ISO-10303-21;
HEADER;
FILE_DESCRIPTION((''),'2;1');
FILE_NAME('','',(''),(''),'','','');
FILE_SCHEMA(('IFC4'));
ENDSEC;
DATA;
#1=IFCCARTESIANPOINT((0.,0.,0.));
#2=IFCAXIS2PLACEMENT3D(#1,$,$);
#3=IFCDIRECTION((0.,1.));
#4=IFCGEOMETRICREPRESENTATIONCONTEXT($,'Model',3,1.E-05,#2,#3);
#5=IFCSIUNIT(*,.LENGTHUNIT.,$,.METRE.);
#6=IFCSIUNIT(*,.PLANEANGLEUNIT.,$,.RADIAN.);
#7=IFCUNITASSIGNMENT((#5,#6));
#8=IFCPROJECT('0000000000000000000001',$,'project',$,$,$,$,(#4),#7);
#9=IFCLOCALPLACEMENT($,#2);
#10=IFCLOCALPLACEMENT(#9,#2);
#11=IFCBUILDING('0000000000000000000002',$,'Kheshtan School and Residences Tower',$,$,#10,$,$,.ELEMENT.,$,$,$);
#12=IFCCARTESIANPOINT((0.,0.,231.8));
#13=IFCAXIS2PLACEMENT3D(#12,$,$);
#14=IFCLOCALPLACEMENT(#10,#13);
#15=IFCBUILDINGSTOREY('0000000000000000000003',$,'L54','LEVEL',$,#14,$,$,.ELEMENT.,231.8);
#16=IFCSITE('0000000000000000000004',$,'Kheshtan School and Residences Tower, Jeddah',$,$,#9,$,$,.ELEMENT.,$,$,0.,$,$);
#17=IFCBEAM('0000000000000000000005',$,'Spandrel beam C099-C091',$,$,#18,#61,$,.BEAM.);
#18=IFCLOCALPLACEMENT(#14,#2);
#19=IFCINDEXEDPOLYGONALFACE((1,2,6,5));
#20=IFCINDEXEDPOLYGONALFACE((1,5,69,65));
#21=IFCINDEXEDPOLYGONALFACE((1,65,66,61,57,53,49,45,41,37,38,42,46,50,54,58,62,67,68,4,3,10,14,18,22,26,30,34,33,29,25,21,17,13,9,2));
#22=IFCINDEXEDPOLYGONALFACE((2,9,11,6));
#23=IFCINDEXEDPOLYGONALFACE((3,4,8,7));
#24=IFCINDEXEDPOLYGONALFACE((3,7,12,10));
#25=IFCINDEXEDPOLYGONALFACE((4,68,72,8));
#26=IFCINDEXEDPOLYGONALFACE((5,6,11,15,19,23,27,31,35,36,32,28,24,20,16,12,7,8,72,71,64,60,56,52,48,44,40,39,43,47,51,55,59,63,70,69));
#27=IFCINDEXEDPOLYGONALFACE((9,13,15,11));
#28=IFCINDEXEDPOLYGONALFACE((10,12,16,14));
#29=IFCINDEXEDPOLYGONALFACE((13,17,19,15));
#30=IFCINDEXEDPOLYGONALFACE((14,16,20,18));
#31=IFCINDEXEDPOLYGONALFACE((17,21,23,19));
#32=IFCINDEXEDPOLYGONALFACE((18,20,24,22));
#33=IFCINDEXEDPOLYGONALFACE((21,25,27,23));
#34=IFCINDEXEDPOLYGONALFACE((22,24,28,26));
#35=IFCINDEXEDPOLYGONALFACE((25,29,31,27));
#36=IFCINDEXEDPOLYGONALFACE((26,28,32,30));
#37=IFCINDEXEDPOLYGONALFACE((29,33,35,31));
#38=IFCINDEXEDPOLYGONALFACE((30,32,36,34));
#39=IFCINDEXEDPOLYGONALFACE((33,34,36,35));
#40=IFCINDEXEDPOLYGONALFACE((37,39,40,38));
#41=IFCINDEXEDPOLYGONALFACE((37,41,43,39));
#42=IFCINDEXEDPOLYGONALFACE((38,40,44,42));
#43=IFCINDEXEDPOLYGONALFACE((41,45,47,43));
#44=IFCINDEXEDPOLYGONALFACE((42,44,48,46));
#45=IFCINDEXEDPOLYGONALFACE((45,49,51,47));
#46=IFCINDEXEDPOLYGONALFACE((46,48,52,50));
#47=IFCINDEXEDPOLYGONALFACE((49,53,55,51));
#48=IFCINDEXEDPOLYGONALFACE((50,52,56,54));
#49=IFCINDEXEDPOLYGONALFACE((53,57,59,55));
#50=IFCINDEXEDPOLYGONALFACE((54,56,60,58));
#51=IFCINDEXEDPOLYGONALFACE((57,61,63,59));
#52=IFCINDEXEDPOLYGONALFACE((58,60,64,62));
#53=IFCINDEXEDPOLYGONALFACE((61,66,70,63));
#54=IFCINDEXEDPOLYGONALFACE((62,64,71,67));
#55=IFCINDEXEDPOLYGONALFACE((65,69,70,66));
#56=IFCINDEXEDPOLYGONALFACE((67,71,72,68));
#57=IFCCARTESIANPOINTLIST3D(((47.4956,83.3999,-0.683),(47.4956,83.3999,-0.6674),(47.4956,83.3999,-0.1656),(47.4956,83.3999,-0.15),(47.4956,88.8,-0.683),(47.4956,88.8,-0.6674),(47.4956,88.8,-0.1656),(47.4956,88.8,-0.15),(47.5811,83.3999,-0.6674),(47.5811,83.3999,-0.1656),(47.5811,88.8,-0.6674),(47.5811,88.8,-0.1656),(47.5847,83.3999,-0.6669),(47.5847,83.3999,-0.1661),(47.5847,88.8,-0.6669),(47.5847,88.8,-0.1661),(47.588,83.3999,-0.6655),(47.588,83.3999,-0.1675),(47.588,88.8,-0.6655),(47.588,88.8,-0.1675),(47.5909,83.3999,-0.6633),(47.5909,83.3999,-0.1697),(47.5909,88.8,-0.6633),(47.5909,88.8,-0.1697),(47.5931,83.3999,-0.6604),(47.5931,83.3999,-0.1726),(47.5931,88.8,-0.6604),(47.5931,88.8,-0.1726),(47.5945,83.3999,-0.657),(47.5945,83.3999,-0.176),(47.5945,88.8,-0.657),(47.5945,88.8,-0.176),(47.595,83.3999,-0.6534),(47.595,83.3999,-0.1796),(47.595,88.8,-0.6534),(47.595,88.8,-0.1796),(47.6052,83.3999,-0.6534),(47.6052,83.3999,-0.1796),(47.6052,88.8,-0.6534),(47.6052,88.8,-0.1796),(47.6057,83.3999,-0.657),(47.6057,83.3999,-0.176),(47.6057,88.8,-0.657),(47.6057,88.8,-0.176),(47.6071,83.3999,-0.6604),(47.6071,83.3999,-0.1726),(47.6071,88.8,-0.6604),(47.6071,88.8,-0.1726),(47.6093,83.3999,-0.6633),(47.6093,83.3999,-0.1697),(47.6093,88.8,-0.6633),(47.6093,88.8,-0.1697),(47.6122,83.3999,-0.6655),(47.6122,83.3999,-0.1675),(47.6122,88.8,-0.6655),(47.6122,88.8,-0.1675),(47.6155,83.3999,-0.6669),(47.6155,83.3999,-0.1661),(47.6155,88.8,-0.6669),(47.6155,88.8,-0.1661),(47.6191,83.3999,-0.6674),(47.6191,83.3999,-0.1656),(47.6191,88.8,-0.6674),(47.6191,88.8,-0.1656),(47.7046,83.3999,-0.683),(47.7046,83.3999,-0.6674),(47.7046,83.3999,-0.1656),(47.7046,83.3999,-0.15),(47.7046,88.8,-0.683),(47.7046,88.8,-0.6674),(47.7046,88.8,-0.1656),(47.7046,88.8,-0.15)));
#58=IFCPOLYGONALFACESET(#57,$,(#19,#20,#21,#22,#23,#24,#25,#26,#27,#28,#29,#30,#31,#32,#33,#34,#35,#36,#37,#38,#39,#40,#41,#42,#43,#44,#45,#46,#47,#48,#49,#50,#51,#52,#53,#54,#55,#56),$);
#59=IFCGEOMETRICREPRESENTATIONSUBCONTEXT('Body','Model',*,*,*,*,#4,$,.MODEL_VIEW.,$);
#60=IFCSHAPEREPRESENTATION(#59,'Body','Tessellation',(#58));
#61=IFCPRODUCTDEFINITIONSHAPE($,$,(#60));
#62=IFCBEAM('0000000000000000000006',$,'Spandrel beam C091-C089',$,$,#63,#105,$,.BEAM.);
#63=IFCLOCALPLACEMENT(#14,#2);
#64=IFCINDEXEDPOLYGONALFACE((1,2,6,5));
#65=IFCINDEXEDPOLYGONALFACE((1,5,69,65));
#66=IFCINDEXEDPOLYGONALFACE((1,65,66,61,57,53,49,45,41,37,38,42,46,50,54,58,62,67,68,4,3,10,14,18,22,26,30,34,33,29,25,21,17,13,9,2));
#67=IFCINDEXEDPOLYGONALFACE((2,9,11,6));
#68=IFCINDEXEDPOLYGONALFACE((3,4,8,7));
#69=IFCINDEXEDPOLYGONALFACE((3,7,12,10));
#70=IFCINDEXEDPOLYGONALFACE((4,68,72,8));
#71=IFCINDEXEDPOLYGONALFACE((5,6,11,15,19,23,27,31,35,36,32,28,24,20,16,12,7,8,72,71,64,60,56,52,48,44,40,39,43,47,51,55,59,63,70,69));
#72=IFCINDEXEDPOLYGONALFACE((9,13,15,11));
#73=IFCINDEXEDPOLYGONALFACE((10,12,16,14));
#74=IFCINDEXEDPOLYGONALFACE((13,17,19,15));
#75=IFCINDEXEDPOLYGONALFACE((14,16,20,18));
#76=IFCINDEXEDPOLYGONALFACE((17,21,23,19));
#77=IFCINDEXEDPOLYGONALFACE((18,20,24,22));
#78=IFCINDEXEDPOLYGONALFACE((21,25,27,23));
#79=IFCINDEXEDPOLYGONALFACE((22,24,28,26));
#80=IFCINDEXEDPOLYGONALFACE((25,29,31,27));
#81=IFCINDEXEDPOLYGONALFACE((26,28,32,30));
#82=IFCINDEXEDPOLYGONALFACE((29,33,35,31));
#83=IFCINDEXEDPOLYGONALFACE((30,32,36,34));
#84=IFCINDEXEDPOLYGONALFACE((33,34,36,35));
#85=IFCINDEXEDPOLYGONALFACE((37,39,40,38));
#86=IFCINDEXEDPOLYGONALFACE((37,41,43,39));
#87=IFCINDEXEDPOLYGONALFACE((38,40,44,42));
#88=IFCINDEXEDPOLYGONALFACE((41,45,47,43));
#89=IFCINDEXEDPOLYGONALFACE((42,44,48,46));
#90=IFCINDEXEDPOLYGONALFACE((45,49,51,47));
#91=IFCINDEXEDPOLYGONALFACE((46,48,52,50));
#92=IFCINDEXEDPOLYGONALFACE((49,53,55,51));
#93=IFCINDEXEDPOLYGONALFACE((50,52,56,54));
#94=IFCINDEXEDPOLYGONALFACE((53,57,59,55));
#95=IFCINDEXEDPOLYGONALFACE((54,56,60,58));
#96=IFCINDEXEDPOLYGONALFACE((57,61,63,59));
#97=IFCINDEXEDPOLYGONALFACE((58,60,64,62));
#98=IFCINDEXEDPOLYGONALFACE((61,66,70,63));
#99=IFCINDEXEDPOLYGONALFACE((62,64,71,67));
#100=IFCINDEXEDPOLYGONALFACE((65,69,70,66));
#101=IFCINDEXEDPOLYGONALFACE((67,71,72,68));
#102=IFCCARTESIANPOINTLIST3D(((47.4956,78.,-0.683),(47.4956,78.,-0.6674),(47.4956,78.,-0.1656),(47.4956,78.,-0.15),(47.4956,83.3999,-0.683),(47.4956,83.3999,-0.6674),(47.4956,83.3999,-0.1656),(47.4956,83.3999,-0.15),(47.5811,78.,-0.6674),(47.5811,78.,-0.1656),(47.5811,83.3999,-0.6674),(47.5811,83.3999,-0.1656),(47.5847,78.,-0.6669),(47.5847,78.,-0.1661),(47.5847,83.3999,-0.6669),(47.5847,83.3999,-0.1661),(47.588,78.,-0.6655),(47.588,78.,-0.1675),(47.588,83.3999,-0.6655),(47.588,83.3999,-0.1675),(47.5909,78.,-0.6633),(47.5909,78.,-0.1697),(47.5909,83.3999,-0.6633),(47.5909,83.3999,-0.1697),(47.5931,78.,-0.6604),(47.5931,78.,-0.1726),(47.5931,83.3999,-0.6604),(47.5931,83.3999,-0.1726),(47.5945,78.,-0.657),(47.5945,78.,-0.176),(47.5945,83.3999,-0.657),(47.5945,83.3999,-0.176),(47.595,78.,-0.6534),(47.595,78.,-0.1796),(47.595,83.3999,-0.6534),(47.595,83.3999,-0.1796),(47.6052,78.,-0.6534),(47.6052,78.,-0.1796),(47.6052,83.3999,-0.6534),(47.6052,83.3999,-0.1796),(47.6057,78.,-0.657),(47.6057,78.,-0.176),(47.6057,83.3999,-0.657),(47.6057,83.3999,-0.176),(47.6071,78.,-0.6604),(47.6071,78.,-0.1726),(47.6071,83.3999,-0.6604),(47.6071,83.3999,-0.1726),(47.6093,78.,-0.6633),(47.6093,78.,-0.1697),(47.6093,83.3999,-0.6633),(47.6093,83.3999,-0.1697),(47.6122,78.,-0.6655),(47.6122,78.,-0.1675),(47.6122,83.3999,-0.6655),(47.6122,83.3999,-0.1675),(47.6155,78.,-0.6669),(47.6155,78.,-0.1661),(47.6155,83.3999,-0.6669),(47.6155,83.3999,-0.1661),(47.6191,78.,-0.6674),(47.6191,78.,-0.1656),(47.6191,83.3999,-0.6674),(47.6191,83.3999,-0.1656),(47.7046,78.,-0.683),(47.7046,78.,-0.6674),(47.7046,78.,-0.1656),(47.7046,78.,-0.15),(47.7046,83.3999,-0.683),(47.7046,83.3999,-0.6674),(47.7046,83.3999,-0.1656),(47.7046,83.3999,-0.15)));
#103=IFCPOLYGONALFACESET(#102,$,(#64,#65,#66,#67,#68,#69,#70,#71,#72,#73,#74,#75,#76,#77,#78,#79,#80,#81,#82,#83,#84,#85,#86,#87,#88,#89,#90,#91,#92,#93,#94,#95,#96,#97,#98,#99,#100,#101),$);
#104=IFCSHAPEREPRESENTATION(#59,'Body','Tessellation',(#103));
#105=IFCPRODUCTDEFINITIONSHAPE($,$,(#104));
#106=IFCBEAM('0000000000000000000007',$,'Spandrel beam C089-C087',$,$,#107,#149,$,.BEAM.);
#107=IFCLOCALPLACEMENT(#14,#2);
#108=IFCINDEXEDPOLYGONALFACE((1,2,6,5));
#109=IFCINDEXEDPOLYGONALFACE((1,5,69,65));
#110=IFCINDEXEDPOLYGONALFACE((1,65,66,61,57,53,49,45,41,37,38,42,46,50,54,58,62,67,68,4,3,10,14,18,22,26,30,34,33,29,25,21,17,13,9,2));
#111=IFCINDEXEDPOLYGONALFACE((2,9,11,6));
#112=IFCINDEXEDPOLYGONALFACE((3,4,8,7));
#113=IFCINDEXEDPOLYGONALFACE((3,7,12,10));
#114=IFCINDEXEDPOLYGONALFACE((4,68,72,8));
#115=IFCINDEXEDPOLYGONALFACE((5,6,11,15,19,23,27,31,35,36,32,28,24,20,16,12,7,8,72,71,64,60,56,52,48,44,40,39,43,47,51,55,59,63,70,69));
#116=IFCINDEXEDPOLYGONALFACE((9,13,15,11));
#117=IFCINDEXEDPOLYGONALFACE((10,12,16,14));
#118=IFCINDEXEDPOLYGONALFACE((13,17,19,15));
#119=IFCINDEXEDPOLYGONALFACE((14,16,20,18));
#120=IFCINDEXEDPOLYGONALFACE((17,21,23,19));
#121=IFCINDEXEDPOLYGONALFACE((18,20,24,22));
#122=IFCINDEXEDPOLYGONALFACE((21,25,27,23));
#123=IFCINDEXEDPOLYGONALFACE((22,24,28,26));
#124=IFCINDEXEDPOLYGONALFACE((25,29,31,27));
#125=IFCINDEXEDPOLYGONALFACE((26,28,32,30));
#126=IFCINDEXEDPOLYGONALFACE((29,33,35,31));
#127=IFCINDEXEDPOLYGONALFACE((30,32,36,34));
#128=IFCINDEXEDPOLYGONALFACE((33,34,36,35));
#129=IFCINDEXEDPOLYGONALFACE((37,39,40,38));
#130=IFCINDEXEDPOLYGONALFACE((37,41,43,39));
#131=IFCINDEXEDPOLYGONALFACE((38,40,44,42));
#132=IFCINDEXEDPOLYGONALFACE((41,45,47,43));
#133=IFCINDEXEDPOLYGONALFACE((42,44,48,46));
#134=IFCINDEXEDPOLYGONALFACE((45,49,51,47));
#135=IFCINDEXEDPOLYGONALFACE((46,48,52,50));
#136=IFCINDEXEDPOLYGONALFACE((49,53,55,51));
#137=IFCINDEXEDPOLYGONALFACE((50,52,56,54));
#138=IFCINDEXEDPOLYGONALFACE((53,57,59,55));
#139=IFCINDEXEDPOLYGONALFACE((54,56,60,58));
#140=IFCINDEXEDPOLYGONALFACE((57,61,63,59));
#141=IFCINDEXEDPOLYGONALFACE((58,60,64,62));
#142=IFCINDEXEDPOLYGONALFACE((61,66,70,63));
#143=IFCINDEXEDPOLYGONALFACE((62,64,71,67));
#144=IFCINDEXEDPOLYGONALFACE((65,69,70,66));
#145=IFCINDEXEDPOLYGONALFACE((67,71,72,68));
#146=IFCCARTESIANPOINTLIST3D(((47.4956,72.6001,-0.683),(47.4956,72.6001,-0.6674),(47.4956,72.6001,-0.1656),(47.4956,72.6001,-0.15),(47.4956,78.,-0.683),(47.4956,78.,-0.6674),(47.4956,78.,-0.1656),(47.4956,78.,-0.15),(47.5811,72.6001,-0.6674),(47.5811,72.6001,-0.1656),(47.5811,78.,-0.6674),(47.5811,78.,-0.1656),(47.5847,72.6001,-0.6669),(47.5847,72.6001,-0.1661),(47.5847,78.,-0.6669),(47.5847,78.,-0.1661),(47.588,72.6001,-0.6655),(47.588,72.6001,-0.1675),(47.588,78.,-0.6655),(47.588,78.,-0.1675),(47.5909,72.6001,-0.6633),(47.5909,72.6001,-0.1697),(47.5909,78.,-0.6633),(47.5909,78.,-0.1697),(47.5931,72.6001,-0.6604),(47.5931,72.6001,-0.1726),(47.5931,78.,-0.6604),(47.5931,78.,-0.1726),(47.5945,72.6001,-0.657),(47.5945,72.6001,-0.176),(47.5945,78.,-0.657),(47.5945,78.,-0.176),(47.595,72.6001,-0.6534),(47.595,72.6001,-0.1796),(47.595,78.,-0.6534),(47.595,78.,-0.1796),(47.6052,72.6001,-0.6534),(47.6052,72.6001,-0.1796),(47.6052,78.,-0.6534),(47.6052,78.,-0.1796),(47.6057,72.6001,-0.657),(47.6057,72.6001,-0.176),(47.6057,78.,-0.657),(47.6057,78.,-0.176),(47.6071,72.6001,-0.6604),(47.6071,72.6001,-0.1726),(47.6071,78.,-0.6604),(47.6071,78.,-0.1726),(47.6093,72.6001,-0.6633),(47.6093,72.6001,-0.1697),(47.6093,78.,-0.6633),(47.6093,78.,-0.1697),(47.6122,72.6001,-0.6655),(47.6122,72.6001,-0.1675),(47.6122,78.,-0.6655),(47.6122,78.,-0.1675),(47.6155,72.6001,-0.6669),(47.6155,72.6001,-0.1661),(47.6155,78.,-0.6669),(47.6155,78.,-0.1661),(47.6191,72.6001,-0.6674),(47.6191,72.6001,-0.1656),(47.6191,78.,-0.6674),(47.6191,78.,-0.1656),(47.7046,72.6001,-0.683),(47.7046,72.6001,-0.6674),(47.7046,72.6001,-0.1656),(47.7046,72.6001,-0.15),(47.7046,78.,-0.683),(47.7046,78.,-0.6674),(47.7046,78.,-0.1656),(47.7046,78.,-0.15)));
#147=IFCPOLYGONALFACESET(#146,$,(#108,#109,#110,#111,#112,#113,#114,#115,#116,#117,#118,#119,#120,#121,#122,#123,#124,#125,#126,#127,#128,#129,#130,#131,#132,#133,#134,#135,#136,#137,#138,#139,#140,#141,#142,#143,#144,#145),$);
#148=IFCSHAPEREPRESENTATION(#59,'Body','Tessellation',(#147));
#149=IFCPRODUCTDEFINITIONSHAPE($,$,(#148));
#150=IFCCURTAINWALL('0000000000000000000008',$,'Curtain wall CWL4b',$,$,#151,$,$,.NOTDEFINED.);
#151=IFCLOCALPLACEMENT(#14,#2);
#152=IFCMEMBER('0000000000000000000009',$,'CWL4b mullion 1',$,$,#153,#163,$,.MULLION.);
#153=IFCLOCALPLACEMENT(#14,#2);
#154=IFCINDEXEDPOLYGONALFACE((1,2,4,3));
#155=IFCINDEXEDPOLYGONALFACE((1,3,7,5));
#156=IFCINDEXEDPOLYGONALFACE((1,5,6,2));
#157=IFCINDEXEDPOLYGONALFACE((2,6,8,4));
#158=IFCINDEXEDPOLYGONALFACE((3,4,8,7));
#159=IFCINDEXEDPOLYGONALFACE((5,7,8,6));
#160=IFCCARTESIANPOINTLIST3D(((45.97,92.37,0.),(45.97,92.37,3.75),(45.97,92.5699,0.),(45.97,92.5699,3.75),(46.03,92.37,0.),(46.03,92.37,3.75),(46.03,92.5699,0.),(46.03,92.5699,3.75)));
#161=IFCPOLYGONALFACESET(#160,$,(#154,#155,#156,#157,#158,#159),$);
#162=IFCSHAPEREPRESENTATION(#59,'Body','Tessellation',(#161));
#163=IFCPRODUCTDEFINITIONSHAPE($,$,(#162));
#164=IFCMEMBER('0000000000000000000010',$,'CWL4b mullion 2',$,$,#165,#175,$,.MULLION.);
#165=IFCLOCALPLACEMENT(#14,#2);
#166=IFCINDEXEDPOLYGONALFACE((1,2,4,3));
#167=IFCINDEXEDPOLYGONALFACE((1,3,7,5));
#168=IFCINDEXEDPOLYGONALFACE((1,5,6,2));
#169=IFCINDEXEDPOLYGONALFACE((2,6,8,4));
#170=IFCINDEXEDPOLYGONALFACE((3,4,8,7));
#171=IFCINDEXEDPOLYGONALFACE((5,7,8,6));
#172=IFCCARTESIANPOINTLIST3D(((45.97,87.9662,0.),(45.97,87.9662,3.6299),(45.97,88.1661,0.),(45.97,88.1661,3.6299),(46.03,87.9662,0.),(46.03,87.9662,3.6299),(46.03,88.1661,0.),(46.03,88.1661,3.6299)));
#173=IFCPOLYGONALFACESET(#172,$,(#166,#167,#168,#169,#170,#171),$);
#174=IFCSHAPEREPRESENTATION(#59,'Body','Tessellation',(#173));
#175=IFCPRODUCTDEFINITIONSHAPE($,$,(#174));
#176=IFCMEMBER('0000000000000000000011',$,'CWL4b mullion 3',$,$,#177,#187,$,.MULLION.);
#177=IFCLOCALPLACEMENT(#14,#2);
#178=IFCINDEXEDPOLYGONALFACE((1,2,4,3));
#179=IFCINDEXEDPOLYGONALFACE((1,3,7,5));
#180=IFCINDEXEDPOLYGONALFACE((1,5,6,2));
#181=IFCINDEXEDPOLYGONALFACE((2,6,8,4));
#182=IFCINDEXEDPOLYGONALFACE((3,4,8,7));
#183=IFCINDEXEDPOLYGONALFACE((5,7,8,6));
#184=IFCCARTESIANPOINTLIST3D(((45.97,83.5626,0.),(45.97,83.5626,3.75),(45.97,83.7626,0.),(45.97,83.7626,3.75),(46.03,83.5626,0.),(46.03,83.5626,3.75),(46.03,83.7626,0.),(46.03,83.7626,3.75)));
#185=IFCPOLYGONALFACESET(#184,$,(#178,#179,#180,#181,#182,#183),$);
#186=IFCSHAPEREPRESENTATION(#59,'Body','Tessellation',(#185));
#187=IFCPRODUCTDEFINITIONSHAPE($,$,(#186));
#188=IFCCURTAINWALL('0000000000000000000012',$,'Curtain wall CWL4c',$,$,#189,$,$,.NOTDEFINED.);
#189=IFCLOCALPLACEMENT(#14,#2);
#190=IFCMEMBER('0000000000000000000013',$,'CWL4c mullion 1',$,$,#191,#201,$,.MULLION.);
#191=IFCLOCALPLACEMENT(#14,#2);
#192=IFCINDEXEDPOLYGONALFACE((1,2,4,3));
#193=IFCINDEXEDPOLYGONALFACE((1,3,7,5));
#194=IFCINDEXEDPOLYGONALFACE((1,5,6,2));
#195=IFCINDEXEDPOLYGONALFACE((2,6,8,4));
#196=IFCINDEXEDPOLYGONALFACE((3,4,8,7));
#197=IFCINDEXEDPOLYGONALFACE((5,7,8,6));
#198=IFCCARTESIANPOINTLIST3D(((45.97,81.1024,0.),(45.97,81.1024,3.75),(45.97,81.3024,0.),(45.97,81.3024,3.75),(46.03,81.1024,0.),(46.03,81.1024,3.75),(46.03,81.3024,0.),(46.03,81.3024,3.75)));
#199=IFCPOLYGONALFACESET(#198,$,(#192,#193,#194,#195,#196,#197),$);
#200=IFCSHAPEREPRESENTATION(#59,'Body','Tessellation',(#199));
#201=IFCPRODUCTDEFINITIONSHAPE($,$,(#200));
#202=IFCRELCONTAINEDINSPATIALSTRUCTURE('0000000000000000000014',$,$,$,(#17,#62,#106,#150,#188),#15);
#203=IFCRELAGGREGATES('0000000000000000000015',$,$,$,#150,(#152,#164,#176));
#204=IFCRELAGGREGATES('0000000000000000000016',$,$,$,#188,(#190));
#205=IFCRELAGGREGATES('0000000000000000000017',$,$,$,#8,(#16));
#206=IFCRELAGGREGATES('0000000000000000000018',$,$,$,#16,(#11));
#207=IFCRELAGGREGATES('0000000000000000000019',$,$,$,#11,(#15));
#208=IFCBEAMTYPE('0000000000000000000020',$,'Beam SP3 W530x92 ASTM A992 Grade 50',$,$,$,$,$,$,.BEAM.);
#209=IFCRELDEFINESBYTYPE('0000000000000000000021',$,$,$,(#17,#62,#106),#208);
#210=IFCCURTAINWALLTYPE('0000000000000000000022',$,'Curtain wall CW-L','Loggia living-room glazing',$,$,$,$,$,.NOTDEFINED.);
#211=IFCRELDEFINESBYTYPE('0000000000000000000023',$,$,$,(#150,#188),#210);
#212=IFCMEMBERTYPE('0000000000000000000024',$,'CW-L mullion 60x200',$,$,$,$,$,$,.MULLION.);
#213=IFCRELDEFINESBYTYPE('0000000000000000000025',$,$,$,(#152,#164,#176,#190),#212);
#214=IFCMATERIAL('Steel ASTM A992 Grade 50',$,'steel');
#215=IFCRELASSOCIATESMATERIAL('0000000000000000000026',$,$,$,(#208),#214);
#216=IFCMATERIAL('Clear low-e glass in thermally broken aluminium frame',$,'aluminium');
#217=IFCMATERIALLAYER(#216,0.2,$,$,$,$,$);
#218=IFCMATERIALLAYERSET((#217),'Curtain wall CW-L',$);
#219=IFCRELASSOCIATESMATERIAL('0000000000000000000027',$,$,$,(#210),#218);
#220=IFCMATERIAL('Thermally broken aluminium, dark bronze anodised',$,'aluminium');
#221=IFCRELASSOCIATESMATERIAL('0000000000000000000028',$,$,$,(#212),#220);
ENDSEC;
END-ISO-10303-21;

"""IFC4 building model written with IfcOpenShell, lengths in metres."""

from ifc_helpers import new_model, si_unit, direction, frame, origin, origin_2d, place, context, subcontext, project, spatial, rectangle, i_section, extrude, material, layer, layer_set, material_profile, profile_set, type_object, element, aggregate, save


model = new_model("IFC4")

# Units and contexts
model_context = context("Model", 3, precision=1e-05, world=origin(), true_north=direction((0.0, 1.0)))
body_context = subcontext(model_context, "Body", "Model", "MODEL_VIEW")
ifc_project = project(units=[si_unit("LENGTHUNIT", "METRE"), si_unit("PLANEANGLEUNIT", "RADIAN")], contexts=[model_context])

# Site, building, storey
site_placement = place(None, origin())
site = spatial("IfcSite", under=ifc_project, at=site_placement, Name="Kheshtan School and Residences Tower, Jeddah", CompositionType="ELEMENT", RefElevation=0.0)
building_placement = place(site_placement, origin())
building = spatial("IfcBuilding", under=site, at=building_placement, Name="Kheshtan School and Residences Tower", CompositionType="ELEMENT")
storey_placement = place(building_placement, frame((0.0, 0.0, 231.8)))
storey = spatial("IfcBuildingStorey", under=building, at=storey_placement, Name="L54", Description="LEVEL", CompositionType="ELEMENT", Elevation=231.8)

# Shared definitions
ifc_material_1 = material(Name="Steel ASTM A992 Grade 50", Category="steel")

# Beams
ifc_material_profile_1 = material_profile(ifc_material_1, i_section(OverallWidth=0.209, OverallDepth=0.533, WebThickness=0.0103, FlangeThickness=0.0156, FilletRadius=0.0139, at=origin_2d()), Name="W530x92")
ifc_profile_set_1 = profile_set([ifc_material_profile_1], Name="Steel ASTM A992 Grade 50")
beam_type_1 = type_object("IfcBeamType", Name="Beam SP3 W530x92 ASTM A992 Grade 50", PredefinedType="BEAM", material=ifc_profile_set_1)
beam_1_placement = place(storey_placement, frame((47.6001, 88.8, -0.4165), z_axis=(0.0, -1.0, 0.0), x_axis=(1.0, 0.0, 0.0)))
element("IfcBeam", 1, at=beam_1_placement, inside=storey, type_object=beam_type_1, Name="Spandrel beam C099-C091", PredefinedType="BEAM", context=body_context, shape_type="SweptSolid", body=[
    extrude(i_section(OverallWidth=0.209, OverallDepth=0.533, WebThickness=0.0103, FlangeThickness=0.0156, FilletRadius=0.0139, at=origin_2d()), origin(), (0.0, 0.0, 1.0), 5.4001),
])
for number, where, z_axis, x_axis, name in (
    (2, (47.6001, 83.3999, -0.4165), (0.0, -1.0, 0.0), (1.0, 0.0, 0.0), "Spandrel beam C091-C089"),
    (3, (47.6001, 78.0, -0.4165), (0.0, -1.0, 0.0), (1.0, 0.0, 0.0), "Spandrel beam C089-C087"),
):
    element("IfcBeam", number, at=place(storey_placement, frame(where, z_axis=z_axis, x_axis=x_axis)), inside=storey, type_object=beam_type_1, Name=name, PredefinedType="BEAM", context=body_context, shape_type="SweptSolid", body=[
        extrude(i_section(OverallWidth=0.209, OverallDepth=0.533, WebThickness=0.0103, FlangeThickness=0.0156, FilletRadius=0.0139, at=origin_2d()), origin(), (0.0, 0.0, 1.0), 5.3999),
    ])

# Curtain walls, members
ifc_material_2 = material(Name="Clear low-e glass in thermally broken aluminium frame", Category="aluminium")
ifc_layer_1 = layer(ifc_material_2, 0.2)
ifc_layer_set_1 = layer_set([ifc_layer_1], Name="Curtain wall CW-L")
curtain_wall_type = type_object("IfcCurtainWallType", Name="Curtain wall CW-L", Description="Loggia living-room glazing", PredefinedType="NOTDEFINED", material=ifc_layer_set_1)
curtain_wall_1_placement = place(storey_placement, origin())
curtain_wall_1 = element("IfcCurtainWall", 4, at=curtain_wall_1_placement, inside=storey, type_object=curtain_wall_type, Name="Curtain wall CWL4b", PredefinedType="NOTDEFINED")
ifc_material_3 = material(Name="Thermally broken aluminium, dark bronze anodised", Category="aluminium")
ifc_material_profile_2 = material_profile(ifc_material_3, rectangle(XDim=0.0601, YDim=0.2, at=origin_2d()), Name="CW-L mullion 60x200")
ifc_profile_set_2 = profile_set([ifc_material_profile_2], Name="Thermally broken aluminium, dark bronze anodised")
member_type_1 = type_object("IfcMemberType", Name="CW-L mullion 60x200", PredefinedType="MULLION", material=ifc_profile_set_2)
member_1_placement = place(storey_placement, frame((46.0, 92.47, 0.0), z_axis=(0.0, 0.0, 1.0), x_axis=(1.0, 0.0, 0.0)))
member_1 = element("IfcMember", 5, at=member_1_placement, type_object=member_type_1, Name="CWL4b mullion 1", PredefinedType="MULLION", context=body_context, shape_type="SweptSolid", body=[
    extrude(rectangle(XDim=0.0601, YDim=0.2, at=origin_2d()), origin(), (0.0, 0.0, 1.0), 3.75),
])
member_2_placement = place(storey_placement, frame((46.0, 88.0662, 0.0), z_axis=(0.0, 0.0, 1.0), x_axis=(1.0, 0.0, 0.0)))
member_2 = element("IfcMember", 6, at=member_2_placement, type_object=member_type_1, Name="CWL4b mullion 2", PredefinedType="MULLION", context=body_context, shape_type="SweptSolid", body=[
    extrude(rectangle(XDim=0.0601, YDim=0.2, at=origin_2d()), origin(), (0.0, 0.0, 1.0), 3.6299),
])
member_3_placement = place(storey_placement, frame((46.0, 83.6626, 0.0), z_axis=(0.0, 0.0, 1.0), x_axis=(1.0, 0.0, 0.0)))
member_3 = element("IfcMember", 7, at=member_3_placement, type_object=member_type_1, Name="CWL4b mullion 3", PredefinedType="MULLION", context=body_context, shape_type="SweptSolid", body=[
    extrude(rectangle(XDim=0.0601, YDim=0.2, at=origin_2d()), origin(), (0.0, 0.0, 1.0), 3.75),
])
curtain_wall_2_placement = place(storey_placement, origin())
curtain_wall_2 = element("IfcCurtainWall", 8, at=curtain_wall_2_placement, inside=storey, type_object=curtain_wall_type, Name="Curtain wall CWL4c", PredefinedType="NOTDEFINED")
member_4_placement = place(storey_placement, frame((46.0, 81.2024, 0.0), z_axis=(0.0, 0.0, 1.0), x_axis=(1.0, 0.0, 0.0)))
member_4 = element("IfcMember", 9, at=member_4_placement, type_object=member_type_1, Name="CWL4c mullion 1", PredefinedType="MULLION", context=body_context, shape_type="SweptSolid", body=[
    extrude(rectangle(XDim=0.0601, YDim=0.2, at=origin_2d()), origin(), (0.0, 0.0, 1.0), 3.75),
])

aggregate(curtain_wall_1, [member_1, member_2, member_3])
aggregate(curtain_wall_2, [member_4])

save(model, "model.ifc")
